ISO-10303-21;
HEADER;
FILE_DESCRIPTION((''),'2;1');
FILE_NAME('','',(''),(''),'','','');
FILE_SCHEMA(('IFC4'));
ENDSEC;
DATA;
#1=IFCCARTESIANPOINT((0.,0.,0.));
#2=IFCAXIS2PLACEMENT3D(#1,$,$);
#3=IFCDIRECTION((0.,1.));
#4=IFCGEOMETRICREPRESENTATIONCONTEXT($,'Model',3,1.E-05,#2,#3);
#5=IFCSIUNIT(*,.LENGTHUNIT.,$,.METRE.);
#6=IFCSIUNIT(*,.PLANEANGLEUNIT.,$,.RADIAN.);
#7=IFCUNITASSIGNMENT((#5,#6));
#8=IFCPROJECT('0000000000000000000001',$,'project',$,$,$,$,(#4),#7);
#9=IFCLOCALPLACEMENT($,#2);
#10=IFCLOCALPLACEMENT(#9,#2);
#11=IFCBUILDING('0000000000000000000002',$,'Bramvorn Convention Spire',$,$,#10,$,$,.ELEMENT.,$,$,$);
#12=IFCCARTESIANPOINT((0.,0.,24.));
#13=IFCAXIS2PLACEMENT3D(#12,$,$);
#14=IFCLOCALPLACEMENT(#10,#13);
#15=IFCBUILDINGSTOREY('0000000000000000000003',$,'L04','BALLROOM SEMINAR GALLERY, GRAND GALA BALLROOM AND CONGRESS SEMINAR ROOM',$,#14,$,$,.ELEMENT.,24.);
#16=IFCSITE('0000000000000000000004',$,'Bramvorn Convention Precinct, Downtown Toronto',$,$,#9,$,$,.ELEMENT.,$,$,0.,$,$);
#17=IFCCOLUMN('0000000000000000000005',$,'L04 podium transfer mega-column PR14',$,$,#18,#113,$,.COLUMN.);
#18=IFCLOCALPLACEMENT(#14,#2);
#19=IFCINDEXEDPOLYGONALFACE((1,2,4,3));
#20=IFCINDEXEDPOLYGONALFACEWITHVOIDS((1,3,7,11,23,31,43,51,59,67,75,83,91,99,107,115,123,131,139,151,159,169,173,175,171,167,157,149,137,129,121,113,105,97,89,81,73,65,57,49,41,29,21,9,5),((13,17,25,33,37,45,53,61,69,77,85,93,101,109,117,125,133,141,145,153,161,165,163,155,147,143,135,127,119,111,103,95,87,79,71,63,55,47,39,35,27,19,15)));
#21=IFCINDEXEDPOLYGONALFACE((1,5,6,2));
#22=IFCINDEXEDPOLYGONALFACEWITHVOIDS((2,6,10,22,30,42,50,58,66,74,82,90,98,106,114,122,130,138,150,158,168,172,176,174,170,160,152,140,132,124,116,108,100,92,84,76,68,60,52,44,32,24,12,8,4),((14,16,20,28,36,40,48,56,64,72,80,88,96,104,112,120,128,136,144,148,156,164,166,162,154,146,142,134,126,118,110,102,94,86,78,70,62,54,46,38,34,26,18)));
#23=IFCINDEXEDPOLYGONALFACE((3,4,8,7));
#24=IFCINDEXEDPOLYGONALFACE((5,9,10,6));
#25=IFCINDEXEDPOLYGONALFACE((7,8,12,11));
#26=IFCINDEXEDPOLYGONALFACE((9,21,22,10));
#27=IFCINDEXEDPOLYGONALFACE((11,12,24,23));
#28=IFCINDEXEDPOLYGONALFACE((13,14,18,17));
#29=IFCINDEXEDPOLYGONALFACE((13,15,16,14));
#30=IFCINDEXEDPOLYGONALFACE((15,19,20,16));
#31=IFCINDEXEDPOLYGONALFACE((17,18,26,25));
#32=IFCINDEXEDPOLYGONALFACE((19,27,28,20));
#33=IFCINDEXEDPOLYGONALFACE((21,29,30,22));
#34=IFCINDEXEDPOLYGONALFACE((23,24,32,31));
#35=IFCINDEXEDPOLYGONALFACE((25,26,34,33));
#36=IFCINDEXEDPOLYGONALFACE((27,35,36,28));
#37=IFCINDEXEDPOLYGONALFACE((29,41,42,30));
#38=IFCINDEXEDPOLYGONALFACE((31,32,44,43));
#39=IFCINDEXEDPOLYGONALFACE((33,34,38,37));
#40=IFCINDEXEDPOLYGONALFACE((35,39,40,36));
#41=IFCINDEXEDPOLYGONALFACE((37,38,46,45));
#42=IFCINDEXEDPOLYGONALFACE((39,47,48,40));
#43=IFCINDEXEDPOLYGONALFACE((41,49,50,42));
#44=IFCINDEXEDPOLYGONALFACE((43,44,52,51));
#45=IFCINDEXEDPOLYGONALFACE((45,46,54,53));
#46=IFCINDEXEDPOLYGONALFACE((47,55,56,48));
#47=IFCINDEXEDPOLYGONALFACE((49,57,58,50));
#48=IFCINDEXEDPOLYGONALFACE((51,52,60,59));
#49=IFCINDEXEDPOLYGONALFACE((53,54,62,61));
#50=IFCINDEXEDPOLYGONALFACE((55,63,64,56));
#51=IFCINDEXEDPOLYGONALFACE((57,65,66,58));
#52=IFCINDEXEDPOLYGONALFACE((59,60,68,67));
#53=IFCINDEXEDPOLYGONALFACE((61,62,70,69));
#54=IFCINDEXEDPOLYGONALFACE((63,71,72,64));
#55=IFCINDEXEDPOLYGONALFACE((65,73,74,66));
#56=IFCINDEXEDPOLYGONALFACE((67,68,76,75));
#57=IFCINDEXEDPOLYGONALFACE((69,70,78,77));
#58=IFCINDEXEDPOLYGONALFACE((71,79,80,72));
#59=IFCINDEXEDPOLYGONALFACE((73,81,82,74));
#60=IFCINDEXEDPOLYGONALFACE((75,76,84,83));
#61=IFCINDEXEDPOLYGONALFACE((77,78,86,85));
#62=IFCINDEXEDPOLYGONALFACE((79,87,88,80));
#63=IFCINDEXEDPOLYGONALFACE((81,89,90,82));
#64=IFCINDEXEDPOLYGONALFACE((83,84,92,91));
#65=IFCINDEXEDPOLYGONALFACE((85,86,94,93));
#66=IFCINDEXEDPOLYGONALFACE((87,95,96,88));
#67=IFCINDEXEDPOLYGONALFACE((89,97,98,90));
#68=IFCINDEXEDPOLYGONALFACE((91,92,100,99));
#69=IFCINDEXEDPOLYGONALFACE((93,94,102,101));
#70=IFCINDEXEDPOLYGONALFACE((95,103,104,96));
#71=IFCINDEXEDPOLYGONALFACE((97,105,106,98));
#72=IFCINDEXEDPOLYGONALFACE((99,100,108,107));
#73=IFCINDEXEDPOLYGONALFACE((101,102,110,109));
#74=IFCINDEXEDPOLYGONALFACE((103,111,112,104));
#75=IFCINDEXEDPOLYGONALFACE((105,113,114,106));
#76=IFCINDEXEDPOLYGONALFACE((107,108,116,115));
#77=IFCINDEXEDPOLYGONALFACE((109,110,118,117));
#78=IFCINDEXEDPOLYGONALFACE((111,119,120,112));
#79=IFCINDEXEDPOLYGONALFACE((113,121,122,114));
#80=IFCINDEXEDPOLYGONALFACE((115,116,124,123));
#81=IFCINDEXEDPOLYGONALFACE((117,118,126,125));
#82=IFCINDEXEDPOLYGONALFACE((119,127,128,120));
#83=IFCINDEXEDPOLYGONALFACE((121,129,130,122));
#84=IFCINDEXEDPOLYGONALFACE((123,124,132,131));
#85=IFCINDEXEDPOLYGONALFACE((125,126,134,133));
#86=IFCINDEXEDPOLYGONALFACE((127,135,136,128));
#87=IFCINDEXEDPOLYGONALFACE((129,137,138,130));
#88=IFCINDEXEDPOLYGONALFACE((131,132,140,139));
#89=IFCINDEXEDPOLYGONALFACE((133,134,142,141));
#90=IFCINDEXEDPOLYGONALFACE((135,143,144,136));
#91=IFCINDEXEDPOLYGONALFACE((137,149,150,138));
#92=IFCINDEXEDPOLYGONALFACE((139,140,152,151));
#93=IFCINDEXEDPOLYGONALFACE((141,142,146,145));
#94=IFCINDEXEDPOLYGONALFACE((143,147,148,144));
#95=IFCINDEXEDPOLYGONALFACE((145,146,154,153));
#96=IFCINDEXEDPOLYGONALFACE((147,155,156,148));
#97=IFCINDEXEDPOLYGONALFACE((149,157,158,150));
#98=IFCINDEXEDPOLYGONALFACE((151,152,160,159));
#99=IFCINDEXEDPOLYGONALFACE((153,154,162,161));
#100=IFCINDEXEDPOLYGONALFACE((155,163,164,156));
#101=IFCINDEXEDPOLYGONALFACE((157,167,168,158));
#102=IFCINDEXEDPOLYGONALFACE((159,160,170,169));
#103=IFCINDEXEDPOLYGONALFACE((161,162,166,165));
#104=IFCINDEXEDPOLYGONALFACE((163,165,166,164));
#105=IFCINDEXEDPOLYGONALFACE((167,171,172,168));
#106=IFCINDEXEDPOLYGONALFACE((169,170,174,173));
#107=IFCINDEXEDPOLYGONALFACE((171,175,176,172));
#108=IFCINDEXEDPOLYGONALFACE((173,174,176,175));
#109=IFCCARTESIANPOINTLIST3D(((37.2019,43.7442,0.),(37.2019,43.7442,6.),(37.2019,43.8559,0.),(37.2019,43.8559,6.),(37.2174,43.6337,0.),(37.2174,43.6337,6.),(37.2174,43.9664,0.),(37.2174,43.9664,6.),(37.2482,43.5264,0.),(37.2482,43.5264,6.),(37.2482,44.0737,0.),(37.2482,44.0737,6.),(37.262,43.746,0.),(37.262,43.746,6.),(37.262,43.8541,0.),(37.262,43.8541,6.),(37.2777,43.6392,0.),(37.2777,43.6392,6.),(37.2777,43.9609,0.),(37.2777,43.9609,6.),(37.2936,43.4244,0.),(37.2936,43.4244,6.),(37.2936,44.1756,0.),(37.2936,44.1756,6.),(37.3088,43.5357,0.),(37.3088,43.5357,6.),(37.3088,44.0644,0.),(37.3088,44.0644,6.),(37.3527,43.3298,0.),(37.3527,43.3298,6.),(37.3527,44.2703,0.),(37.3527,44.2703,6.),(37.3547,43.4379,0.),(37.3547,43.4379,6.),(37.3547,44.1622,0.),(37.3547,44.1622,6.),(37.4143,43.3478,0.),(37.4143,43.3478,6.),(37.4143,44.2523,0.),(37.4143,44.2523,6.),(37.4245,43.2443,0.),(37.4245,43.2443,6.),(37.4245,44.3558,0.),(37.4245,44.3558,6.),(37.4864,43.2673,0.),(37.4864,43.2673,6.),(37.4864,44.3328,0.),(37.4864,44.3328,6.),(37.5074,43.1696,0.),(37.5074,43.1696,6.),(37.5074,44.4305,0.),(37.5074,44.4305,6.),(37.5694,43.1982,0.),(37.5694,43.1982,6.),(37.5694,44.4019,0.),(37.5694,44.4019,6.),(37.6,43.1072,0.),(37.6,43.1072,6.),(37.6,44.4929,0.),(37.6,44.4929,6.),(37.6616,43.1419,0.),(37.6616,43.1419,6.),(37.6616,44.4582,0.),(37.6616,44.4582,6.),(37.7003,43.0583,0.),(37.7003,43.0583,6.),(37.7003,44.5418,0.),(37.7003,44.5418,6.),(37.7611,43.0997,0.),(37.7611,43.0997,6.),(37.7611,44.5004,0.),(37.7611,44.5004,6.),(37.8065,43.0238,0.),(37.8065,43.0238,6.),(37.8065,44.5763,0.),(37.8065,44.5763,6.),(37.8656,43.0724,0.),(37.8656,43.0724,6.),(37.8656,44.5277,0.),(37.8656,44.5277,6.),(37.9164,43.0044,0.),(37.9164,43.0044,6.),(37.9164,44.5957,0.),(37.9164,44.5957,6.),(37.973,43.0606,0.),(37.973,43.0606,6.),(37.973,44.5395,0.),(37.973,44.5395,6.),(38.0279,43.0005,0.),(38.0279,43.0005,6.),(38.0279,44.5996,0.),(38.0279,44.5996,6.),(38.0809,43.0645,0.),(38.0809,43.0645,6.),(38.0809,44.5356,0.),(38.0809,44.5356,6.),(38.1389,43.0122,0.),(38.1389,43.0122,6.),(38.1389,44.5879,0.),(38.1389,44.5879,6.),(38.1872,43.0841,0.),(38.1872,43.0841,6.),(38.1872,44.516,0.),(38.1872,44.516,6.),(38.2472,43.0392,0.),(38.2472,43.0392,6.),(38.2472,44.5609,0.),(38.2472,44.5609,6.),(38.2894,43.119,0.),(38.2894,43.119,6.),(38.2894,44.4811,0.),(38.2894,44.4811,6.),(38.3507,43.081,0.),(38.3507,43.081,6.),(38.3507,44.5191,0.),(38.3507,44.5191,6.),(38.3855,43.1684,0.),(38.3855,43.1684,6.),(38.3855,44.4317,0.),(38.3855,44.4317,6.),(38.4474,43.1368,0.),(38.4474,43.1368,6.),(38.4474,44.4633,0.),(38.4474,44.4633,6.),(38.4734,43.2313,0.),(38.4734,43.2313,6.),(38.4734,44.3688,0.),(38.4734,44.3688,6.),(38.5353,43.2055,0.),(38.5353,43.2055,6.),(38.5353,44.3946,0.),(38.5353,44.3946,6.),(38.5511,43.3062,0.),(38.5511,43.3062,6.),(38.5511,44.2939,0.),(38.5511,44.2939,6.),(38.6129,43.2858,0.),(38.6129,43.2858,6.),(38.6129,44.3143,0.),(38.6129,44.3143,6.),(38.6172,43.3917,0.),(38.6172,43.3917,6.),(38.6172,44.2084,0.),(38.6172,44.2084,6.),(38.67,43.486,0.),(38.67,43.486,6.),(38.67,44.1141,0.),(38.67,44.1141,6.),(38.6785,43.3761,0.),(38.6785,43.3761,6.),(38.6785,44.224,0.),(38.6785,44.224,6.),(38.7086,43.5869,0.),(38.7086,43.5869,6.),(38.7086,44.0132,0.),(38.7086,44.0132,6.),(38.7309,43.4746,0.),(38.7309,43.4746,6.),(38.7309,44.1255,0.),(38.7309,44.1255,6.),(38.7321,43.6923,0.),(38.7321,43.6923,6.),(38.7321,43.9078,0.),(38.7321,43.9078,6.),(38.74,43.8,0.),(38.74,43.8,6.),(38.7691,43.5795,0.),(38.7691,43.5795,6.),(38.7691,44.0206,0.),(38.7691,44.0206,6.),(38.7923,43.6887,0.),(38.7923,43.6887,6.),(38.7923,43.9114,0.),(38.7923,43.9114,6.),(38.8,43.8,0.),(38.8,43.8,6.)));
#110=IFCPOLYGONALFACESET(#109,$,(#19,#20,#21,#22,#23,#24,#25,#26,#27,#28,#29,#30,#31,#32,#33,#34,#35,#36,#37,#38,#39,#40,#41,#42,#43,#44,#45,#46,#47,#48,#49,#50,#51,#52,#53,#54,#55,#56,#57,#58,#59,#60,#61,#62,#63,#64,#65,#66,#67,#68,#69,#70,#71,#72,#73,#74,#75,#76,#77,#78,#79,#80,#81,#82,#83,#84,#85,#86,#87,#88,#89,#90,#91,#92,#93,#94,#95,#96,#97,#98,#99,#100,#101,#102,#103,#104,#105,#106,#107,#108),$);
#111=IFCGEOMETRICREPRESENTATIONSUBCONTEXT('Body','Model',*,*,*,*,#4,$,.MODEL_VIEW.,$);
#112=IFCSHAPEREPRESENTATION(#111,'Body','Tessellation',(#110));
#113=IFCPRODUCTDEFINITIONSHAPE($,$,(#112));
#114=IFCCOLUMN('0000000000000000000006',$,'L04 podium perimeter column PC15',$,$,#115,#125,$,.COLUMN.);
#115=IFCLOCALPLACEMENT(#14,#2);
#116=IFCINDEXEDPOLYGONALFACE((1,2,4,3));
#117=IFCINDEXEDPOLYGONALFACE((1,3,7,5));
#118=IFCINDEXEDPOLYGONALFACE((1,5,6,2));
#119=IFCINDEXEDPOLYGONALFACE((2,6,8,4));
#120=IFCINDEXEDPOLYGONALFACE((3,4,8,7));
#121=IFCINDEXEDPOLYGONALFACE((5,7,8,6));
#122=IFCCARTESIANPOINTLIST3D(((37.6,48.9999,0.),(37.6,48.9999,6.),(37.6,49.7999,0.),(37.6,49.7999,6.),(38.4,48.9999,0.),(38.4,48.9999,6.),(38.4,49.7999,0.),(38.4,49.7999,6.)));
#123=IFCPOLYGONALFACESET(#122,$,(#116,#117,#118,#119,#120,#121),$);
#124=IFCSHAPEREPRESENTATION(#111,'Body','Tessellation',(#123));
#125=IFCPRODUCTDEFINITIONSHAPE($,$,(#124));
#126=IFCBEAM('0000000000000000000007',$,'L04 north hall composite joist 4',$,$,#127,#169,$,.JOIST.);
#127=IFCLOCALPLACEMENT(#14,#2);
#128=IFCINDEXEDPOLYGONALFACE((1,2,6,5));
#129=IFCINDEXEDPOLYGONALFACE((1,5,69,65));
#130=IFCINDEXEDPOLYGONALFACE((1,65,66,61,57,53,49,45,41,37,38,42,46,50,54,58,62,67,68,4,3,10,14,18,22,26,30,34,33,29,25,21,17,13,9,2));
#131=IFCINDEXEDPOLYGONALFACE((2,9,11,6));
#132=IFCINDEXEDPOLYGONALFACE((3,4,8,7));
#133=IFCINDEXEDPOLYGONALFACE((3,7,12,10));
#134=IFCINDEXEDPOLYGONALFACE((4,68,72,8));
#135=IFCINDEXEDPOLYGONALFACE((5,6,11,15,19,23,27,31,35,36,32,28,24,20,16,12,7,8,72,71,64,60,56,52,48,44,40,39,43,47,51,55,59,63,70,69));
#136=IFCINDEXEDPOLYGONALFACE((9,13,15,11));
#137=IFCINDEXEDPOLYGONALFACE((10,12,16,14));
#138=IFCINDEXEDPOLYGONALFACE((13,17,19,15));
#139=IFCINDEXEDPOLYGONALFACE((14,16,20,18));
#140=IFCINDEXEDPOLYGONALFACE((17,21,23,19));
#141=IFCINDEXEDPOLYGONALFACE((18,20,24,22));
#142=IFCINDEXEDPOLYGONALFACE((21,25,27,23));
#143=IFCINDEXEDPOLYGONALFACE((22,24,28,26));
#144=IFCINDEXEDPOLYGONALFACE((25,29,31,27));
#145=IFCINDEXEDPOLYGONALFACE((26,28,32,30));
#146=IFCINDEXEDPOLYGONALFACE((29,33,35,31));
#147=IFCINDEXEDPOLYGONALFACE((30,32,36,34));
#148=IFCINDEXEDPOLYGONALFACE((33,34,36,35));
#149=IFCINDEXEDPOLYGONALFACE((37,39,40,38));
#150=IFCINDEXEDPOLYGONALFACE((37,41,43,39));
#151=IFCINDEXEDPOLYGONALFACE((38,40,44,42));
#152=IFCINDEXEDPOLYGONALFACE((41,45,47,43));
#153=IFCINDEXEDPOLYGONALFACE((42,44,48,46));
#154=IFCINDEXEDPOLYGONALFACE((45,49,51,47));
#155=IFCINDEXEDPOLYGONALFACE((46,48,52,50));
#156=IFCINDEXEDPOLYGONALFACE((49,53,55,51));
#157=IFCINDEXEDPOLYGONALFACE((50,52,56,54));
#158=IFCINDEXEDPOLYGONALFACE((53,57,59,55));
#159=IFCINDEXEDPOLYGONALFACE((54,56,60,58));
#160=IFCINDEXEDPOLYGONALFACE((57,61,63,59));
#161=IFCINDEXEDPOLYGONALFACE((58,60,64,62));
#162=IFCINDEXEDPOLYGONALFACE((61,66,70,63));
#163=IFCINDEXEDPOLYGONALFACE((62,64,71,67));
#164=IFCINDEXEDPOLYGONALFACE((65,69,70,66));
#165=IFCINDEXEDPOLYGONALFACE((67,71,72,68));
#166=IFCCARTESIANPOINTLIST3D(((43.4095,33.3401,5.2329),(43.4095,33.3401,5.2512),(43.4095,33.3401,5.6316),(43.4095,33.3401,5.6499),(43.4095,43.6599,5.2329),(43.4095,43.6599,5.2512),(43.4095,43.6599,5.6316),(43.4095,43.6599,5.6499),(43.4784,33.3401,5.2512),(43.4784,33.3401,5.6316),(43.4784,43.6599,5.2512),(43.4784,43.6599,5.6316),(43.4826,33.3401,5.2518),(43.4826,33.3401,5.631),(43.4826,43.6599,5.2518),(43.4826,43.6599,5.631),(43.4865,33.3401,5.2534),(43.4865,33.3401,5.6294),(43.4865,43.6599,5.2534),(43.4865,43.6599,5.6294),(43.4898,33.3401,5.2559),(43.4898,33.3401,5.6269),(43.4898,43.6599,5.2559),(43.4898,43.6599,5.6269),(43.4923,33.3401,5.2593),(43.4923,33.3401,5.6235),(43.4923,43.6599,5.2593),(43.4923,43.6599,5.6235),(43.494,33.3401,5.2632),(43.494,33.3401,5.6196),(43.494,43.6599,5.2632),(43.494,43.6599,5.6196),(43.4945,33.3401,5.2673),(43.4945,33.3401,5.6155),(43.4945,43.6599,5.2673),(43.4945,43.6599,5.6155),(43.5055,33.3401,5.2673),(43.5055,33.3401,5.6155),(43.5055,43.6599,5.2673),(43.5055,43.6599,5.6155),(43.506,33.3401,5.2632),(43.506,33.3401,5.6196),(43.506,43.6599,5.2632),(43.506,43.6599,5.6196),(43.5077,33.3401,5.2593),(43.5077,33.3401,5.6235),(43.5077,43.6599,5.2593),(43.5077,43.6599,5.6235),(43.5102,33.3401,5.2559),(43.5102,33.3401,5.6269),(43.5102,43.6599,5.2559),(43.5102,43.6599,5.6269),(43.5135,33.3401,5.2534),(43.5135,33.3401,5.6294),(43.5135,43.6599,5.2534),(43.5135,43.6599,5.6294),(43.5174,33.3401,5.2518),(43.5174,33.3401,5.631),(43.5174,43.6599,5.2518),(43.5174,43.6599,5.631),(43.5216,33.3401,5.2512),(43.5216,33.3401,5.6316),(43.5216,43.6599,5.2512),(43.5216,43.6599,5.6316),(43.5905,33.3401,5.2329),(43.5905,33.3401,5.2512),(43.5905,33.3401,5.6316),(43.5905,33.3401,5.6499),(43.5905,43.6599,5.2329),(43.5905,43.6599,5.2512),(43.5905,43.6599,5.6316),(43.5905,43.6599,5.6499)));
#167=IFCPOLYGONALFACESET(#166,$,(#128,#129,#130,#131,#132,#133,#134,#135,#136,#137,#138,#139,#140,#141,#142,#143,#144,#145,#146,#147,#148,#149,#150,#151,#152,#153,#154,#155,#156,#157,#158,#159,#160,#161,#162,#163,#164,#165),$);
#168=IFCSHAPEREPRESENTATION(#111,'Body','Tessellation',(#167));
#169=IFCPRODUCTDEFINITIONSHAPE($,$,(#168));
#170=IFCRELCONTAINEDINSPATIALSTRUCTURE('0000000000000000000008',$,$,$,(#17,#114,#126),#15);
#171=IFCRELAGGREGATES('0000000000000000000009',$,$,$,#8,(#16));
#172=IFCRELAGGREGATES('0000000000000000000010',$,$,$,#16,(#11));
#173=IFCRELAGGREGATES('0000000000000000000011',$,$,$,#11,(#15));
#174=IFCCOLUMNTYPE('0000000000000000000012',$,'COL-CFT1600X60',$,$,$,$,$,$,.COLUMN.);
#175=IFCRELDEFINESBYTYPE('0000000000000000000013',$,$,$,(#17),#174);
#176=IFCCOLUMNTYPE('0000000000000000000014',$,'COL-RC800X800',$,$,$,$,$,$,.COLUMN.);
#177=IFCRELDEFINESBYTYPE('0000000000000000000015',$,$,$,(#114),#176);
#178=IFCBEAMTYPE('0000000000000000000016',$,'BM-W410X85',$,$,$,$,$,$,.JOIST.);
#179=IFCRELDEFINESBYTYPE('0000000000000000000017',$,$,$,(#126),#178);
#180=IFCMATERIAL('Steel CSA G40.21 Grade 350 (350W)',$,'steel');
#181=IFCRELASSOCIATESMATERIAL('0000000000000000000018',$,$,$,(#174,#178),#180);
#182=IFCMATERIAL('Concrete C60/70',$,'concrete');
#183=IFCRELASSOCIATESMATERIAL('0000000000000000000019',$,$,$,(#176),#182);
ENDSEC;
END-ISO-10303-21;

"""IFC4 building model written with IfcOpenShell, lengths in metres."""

from ifc_helpers import new_model, si_unit, direction, frame, origin, origin_2d, place, context, subcontext, project, spatial, rectangle, hollow_circle, i_section, extrude, material, material_profile, profile_set, type_object, element, save


model = new_model("IFC4")

# Units and contexts
model_context = context("Model", 3, precision=1e-05, world=origin(), true_north=direction((0.0, 1.0)))
body_context = subcontext(model_context, "Body", "Model", "MODEL_VIEW")
ifc_project = project(units=[si_unit("LENGTHUNIT", "METRE"), si_unit("PLANEANGLEUNIT", "RADIAN")], contexts=[model_context])

# Site, building, storey
site_placement = place(None, origin())
site = spatial("IfcSite", under=ifc_project, at=site_placement, Name="Bramvorn Convention Precinct, Downtown Toronto", CompositionType="ELEMENT", RefElevation=0.0)
building_placement = place(site_placement, origin())
building = spatial("IfcBuilding", under=site, at=building_placement, Name="Bramvorn Convention Spire", CompositionType="ELEMENT")
storey_placement = place(building_placement, frame((0.0, 0.0, 24.0)))
storey = spatial("IfcBuildingStorey", under=building, at=storey_placement, Name="L04", Description="BALLROOM SEMINAR GALLERY, GRAND GALA BALLROOM AND CONGRESS SEMINAR ROOM", CompositionType="ELEMENT", Elevation=24.0)

# Columns
ifc_material_1 = material(Name="Steel CSA G40.21 Grade 350 (350W)", Category="steel")
ifc_material_profile_1 = material_profile(ifc_material_1, hollow_circle(Radius=0.8, WallThickness=0.0601, at=origin_2d()))
ifc_profile_set_1 = profile_set([ifc_material_profile_1], Name="Steel CSA G40.21 Grade 350 (350W) - CFT1600X60")
column_type_1 = type_object("IfcColumnType", Name="COL-CFT1600X60", PredefinedType="COLUMN", material=ifc_profile_set_1)
column_1_placement = place(storey_placement, frame((38.0, 43.8, 0.0), z_axis=(0.0, 0.0, 1.0), x_axis=(1.0, 0.0, 0.0)))
element("IfcColumn", 1, at=column_1_placement, inside=storey, type_object=column_type_1, Name="L04 podium transfer mega-column PR14", PredefinedType="COLUMN", context=body_context, shape_type="SweptSolid", body=[
    extrude(hollow_circle(Radius=0.8, WallThickness=0.0601, at=origin_2d()), origin(), (0.0, 0.0, 1.0), 6.0),
])
ifc_material_2 = material(Name="Concrete C60/70", Category="concrete")
ifc_material_profile_2 = material_profile(ifc_material_2, rectangle(XDim=0.8, YDim=0.8, at=origin_2d()))
ifc_profile_set_2 = profile_set([ifc_material_profile_2], Name="Concrete C60/70 - RC800X800")
column_type_2 = type_object("IfcColumnType", Name="COL-RC800X800", PredefinedType="COLUMN", material=ifc_profile_set_2)
column_2_placement = place(storey_placement, frame((38.0, 49.3999, 0.0), z_axis=(0.0, 0.0, 1.0), x_axis=(1.0, 0.0, 0.0)))
element("IfcColumn", 2, at=column_2_placement, inside=storey, type_object=column_type_2, Name="L04 podium perimeter column PC15", PredefinedType="COLUMN", context=body_context, shape_type="SweptSolid", body=[
    extrude(rectangle(XDim=0.8, YDim=0.8, at=origin_2d()), origin(), (0.0, 0.0, 1.0), 6.0),
])

# Beam
ifc_material_profile_3 = material_profile(ifc_material_1, i_section(OverallWidth=0.1809, OverallDepth=0.417, WebThickness=0.011, FlangeThickness=0.0183, FilletRadius=0.0161, at=origin_2d()))
ifc_profile_set_3 = profile_set([ifc_material_profile_3], Name="Steel CSA G40.21 Grade 350 (350W) - W410X85")
beam_type_1 = type_object("IfcBeamType", Name="BM-W410X85", PredefinedType="JOIST", material=ifc_profile_set_3)
beam_1_placement = place(storey_placement, frame((43.5, 33.3401, 5.4414), z_axis=(0.0, 1.0, 0.0), x_axis=(-1.0, 0.0, 0.0)))
element("IfcBeam", 3, at=beam_1_placement, inside=storey, type_object=beam_type_1, Name="L04 north hall composite joist 4", PredefinedType="JOIST", context=body_context, shape_type="SweptSolid", body=[
    extrude(i_section(OverallWidth=0.1809, OverallDepth=0.417, WebThickness=0.011, FlangeThickness=0.0183, FilletRadius=0.0161, at=origin_2d()), origin(), (0.0, 0.0, 1.0), 10.3198),
])

save(model, "model.ifc")
